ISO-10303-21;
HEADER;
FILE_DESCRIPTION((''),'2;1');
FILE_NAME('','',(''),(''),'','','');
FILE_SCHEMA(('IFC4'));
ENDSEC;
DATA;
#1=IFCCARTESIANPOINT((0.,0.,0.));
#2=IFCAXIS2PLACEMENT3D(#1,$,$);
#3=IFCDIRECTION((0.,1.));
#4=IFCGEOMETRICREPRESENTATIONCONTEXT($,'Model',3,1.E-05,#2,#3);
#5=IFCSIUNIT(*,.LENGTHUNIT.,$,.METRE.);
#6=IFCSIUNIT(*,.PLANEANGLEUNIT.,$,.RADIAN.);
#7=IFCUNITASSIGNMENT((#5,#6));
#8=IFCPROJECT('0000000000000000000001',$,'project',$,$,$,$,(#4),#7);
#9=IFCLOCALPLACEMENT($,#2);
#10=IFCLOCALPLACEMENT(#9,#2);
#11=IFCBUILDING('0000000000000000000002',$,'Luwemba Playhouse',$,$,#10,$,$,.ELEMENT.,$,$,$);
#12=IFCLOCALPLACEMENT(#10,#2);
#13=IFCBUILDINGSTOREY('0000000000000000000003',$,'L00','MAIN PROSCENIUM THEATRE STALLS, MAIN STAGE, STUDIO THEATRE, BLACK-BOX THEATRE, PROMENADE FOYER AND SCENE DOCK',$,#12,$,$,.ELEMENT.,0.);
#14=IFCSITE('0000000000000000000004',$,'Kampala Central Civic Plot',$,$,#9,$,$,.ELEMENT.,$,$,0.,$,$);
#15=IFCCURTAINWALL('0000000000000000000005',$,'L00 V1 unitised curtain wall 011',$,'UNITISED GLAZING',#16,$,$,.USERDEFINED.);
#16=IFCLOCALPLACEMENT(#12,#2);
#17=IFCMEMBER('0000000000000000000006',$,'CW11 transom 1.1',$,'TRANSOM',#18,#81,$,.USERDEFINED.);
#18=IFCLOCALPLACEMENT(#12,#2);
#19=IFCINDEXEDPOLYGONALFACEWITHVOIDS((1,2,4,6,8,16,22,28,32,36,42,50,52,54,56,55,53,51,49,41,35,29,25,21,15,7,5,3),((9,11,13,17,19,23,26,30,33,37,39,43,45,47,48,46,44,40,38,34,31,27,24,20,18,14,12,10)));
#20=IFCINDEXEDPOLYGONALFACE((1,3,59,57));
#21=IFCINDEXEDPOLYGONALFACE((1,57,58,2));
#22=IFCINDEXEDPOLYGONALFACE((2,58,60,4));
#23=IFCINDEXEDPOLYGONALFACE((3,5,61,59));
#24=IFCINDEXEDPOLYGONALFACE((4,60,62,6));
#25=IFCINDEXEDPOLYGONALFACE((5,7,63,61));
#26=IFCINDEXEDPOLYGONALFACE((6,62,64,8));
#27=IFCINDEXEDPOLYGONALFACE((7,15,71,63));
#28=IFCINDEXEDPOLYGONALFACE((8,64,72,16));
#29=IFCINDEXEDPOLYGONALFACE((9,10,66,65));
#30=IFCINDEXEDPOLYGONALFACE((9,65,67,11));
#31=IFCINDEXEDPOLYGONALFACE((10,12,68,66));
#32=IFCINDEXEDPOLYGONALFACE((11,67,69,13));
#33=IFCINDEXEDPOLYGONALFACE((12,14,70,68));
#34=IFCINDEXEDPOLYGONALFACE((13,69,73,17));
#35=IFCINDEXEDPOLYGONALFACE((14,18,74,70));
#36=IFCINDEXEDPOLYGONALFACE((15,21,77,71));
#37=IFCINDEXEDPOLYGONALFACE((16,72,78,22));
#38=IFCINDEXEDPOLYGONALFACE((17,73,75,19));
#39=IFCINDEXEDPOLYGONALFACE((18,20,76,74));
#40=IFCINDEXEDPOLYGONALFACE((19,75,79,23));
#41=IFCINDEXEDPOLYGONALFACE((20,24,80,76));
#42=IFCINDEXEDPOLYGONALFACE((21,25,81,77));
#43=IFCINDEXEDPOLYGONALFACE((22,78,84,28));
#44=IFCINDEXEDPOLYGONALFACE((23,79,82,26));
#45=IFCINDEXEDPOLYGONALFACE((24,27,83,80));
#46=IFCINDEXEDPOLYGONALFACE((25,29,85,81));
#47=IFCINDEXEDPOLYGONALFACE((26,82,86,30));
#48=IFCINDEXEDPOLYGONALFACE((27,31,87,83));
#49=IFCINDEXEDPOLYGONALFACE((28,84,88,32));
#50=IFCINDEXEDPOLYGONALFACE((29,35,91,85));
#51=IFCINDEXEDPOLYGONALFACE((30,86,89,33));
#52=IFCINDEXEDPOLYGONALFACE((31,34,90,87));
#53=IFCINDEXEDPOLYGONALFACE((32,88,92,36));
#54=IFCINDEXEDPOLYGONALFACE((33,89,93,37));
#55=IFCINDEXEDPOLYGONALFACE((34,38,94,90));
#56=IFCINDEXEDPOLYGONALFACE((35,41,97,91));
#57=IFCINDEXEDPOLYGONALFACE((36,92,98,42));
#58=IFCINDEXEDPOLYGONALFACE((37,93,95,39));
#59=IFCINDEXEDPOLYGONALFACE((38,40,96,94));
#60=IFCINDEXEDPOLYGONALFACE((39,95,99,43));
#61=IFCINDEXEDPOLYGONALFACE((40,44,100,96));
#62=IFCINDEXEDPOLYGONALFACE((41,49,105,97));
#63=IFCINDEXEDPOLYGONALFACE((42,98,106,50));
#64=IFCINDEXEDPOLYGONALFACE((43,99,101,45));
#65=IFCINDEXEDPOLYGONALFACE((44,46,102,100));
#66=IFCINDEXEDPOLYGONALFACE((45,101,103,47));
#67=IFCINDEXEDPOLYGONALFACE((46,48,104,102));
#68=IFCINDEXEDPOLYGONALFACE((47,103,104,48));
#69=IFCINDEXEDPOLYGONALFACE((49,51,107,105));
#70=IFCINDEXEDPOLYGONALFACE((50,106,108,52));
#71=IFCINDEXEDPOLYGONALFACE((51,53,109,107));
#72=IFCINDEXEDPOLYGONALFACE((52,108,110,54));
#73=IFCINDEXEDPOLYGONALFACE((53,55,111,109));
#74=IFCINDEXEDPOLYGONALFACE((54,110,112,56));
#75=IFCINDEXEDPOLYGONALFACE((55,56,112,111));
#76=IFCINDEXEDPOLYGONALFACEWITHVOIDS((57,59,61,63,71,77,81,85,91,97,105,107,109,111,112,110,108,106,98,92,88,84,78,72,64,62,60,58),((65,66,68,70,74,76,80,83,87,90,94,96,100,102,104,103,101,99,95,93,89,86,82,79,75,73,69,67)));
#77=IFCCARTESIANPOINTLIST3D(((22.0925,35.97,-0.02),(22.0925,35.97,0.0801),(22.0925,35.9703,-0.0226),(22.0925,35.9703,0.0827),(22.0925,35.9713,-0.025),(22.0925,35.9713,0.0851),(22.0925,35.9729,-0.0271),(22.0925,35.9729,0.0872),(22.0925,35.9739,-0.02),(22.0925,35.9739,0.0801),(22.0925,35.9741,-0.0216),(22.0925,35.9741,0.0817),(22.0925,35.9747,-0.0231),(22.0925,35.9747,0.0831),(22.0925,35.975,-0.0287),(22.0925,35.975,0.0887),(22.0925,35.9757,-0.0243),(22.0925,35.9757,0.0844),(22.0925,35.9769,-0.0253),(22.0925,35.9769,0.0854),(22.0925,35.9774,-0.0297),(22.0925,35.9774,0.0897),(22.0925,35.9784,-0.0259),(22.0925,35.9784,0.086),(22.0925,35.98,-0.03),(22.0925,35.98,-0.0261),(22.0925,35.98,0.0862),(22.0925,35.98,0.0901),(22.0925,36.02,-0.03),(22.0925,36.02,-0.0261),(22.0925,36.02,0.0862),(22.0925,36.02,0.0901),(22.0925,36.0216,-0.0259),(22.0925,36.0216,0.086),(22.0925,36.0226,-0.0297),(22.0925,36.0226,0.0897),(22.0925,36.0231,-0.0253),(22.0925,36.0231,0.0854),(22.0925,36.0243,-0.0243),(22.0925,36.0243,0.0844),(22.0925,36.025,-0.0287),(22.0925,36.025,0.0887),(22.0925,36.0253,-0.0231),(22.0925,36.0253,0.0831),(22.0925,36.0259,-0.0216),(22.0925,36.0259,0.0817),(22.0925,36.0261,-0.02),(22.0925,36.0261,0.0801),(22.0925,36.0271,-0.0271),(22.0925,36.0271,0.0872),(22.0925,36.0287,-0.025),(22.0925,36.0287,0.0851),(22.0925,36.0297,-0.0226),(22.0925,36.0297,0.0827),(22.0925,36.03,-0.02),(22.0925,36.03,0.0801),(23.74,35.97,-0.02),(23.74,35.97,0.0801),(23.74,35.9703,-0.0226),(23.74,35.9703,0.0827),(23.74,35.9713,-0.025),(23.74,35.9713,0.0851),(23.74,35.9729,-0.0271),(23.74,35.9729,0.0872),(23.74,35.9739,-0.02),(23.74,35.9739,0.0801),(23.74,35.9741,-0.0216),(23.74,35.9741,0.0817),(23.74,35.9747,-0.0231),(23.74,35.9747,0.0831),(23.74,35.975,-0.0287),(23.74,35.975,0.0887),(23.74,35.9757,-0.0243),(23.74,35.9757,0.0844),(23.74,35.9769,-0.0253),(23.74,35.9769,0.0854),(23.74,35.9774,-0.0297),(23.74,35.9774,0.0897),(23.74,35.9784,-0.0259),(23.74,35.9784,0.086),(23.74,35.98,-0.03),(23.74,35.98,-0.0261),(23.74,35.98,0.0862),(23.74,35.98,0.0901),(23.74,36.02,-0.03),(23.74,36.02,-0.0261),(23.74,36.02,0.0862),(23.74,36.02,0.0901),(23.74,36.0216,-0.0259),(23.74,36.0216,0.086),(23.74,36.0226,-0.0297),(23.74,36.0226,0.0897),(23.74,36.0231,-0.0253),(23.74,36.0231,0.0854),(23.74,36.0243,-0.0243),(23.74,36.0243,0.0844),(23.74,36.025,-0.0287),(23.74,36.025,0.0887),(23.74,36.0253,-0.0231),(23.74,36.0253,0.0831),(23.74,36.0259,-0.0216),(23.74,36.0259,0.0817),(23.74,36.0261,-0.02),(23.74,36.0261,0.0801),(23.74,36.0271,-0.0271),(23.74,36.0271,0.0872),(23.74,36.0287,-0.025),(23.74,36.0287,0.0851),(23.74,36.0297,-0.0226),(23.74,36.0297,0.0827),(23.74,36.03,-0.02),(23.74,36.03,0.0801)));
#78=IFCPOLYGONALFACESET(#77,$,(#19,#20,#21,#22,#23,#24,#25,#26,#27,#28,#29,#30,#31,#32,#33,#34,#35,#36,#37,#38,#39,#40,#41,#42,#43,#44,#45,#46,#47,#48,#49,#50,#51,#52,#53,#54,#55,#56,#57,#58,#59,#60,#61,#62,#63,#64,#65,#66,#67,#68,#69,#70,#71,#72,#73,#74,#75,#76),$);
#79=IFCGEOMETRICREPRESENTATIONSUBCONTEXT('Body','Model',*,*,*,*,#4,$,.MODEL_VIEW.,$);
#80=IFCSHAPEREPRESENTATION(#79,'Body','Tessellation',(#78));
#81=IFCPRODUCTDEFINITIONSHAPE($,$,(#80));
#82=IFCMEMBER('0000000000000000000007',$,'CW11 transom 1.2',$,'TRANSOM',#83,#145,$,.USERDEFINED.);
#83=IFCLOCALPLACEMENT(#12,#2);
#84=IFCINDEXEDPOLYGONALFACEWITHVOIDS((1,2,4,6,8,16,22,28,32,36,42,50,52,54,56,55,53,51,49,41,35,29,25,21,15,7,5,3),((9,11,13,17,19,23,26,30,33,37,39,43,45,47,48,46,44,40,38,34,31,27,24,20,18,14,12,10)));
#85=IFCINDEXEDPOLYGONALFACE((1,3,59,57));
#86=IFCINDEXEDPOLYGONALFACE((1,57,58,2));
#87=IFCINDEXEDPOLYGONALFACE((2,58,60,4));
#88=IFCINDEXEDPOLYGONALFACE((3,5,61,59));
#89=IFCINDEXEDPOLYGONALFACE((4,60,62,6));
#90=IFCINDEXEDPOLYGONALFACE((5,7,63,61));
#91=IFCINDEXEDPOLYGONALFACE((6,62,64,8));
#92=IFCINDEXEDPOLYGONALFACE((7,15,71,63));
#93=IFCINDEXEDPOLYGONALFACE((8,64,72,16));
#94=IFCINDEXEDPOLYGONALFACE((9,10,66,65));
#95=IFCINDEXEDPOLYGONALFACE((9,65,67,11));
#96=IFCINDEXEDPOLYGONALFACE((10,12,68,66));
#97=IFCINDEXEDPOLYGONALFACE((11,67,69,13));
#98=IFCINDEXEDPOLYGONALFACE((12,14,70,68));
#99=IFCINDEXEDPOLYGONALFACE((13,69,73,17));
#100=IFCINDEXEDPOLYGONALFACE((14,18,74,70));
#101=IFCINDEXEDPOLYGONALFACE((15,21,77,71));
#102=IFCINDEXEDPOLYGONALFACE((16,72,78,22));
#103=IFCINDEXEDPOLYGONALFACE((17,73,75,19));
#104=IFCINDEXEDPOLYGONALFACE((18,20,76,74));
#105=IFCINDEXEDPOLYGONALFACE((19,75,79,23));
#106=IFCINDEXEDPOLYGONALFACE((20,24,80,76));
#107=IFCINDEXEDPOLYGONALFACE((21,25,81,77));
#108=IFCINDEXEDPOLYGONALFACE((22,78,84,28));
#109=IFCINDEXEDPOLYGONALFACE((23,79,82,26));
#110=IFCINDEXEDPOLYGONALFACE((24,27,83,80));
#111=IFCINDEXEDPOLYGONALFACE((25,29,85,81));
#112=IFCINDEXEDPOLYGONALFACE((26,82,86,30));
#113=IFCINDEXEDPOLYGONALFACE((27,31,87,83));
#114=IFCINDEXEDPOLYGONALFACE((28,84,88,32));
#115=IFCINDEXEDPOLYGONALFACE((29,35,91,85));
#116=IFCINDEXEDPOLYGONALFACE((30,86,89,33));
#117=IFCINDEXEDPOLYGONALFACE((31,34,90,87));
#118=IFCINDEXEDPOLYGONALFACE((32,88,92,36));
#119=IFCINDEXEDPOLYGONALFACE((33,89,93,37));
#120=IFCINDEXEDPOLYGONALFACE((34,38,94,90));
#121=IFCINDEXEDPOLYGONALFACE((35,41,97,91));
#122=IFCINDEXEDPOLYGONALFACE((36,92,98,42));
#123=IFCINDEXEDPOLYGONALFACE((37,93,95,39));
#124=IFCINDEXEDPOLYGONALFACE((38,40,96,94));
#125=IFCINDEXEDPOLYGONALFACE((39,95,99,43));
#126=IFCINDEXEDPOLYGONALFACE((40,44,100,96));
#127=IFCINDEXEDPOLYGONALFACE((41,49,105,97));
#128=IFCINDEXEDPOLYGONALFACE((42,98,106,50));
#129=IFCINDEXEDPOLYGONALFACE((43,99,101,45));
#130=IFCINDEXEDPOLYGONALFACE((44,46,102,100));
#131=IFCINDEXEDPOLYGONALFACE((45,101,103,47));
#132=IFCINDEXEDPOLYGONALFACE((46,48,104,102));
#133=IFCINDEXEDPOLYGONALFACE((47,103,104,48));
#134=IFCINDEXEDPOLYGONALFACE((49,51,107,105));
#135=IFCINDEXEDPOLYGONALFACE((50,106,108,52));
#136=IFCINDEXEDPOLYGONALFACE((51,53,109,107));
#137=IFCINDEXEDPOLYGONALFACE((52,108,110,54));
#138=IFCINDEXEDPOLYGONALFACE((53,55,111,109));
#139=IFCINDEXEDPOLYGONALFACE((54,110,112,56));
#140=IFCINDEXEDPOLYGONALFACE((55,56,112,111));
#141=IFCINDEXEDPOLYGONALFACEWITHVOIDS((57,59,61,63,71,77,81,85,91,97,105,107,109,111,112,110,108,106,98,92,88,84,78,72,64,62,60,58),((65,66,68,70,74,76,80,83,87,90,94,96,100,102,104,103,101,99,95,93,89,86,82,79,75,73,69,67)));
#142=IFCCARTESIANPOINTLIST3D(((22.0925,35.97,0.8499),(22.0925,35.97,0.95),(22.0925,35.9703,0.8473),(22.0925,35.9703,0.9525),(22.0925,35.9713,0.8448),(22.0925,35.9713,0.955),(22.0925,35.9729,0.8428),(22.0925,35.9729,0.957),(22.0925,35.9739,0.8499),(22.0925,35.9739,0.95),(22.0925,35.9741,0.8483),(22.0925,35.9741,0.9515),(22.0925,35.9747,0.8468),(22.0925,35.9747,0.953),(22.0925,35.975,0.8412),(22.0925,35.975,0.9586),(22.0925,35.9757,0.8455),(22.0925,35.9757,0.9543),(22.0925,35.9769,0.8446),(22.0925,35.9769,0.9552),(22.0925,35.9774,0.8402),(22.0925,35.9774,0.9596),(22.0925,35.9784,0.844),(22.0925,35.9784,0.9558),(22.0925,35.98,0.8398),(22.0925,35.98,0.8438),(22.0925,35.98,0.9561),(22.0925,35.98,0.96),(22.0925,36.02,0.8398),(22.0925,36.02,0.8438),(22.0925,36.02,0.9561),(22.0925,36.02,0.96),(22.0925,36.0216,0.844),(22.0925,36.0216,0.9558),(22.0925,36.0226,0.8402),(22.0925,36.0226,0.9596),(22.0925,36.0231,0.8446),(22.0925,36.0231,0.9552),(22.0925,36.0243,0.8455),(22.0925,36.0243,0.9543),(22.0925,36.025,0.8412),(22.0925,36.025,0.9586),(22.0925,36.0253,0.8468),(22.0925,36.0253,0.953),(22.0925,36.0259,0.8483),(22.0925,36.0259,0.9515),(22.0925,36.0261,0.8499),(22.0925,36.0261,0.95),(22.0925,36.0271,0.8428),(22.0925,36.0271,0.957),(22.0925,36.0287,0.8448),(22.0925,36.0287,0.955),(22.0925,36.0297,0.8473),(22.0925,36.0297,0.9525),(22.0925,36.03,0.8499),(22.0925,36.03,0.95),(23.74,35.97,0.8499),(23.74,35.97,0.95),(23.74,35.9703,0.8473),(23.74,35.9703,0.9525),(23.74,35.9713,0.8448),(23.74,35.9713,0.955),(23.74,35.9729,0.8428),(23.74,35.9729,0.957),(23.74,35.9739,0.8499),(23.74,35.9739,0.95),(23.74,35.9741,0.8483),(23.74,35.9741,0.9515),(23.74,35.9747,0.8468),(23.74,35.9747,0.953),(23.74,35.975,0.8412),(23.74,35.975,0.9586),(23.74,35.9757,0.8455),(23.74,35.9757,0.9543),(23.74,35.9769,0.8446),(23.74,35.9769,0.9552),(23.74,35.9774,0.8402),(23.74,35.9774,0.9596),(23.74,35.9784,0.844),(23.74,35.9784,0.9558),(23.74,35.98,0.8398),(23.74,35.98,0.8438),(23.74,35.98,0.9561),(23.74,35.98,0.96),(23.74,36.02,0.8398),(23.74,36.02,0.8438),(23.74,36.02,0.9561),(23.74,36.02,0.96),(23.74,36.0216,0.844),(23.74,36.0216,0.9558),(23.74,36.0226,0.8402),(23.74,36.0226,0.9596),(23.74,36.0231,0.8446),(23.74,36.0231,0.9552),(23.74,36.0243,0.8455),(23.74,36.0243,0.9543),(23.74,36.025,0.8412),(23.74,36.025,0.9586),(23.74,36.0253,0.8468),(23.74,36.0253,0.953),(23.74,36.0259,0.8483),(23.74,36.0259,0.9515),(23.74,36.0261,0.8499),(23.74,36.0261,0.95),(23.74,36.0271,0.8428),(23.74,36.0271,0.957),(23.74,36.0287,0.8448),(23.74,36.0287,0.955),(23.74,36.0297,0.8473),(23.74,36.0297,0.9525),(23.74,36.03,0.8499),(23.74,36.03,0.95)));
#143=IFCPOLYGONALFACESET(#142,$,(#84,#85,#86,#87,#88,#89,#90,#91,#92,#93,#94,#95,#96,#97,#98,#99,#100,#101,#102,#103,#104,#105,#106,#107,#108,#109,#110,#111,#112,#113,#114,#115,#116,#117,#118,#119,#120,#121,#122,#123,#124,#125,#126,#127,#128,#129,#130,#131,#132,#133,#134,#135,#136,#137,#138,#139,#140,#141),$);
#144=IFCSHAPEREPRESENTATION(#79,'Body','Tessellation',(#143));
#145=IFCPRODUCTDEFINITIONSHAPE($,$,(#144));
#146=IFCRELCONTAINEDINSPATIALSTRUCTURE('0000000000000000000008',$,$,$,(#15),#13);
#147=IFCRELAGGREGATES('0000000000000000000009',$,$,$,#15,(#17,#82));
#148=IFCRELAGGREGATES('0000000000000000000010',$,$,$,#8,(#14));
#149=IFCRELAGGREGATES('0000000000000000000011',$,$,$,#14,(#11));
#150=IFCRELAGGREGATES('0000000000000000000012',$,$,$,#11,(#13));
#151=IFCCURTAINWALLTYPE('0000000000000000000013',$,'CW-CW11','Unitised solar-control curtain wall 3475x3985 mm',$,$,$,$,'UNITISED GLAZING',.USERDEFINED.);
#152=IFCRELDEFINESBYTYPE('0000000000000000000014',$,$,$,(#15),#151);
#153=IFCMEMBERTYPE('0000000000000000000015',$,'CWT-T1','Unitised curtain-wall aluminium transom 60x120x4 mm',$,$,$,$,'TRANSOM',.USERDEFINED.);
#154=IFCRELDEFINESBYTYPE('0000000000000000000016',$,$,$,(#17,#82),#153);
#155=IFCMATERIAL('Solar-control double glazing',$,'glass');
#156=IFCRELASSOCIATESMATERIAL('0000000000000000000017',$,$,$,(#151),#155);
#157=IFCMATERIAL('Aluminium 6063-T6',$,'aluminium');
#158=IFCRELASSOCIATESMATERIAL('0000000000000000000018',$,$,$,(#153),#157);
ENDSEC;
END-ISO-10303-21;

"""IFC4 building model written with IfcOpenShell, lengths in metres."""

from ifc_helpers import new_model, si_unit, direction, frame, origin, origin_2d, place, context, subcontext, project, spatial, hollow_rectangle, extrude, material, material_profile, profile_set, type_object, element, aggregate, save


model = new_model("IFC4")

# Units and contexts
model_context = context("Model", 3, precision=1e-05, world=origin(), true_north=direction((0.0, 1.0)))
body_context = subcontext(model_context, "Body", "Model", "MODEL_VIEW")
ifc_project = project(units=[si_unit("LENGTHUNIT", "METRE"), si_unit("PLANEANGLEUNIT", "RADIAN")], contexts=[model_context])

# Site, building, storey
site_placement = place(None, origin())
site = spatial("IfcSite", under=ifc_project, at=site_placement, Name="Kampala Central Civic Plot", CompositionType="ELEMENT", RefElevation=0.0)
building_placement = place(site_placement, origin())
building = spatial("IfcBuilding", under=site, at=building_placement, Name="Luwemba Playhouse", CompositionType="ELEMENT")
storey_placement = place(building_placement, origin())
storey = spatial("IfcBuildingStorey", under=building, at=storey_placement, Name="L00", Description="MAIN PROSCENIUM THEATRE STALLS, MAIN STAGE, STUDIO THEATRE, BLACK-BOX THEATRE, PROMENADE FOYER AND SCENE DOCK", CompositionType="ELEMENT", Elevation=0.0)

# Curtain wall, members
ifc_material_1 = material(Name="Solar-control double glazing", Category="glass")
curtain_wall_type = type_object("IfcCurtainWallType", Name="CW-CW11", Description="Unitised solar-control curtain wall 3475x3985 mm", ElementType="UNITISED GLAZING", PredefinedType="USERDEFINED", material=ifc_material_1)
curtain_wall_placement = place(storey_placement, origin())
curtain_wall = element("IfcCurtainWall", 1, at=curtain_wall_placement, inside=storey, type_object=curtain_wall_type, Name="L00 V1 unitised curtain wall 011", ObjectType="UNITISED GLAZING", PredefinedType="USERDEFINED")
ifc_material_2 = material(Name="Aluminium 6063-T6", Category="aluminium")
ifc_material_profile_1 = material_profile(ifc_material_2, hollow_rectangle(XDim=0.0601, YDim=0.1201, WallThickness=0.0039, InnerFilletRadius=0.0061, OuterFilletRadius=0.01, at=origin_2d()))
ifc_profile_set_1 = profile_set([ifc_material_profile_1], Name="Aluminium 6063-T6")
member_type_1 = type_object("IfcMemberType", Name="CWT-T1", Description="Unitised curtain-wall aluminium transom 60x120x4 mm", ElementType="TRANSOM", PredefinedType="USERDEFINED", material=ifc_profile_set_1)
member_1_placement = place(storey_placement, frame((23.74, 36.0, 0.03), z_axis=(-1.0, 0.0, 0.0), x_axis=(0.0, -1.0, 0.0)))
member_1 = element("IfcMember", 2, at=member_1_placement, type_object=member_type_1, Name="CW11 transom 1.1", ObjectType="TRANSOM", PredefinedType="USERDEFINED", context=body_context, shape_type="SweptSolid", body=[
    extrude(hollow_rectangle(XDim=0.0601, YDim=0.1201, WallThickness=0.0039, InnerFilletRadius=0.0061, OuterFilletRadius=0.01, at=origin_2d()), origin(), (0.0, 0.0, 1.0), 1.6475),
])
member_2_placement = place(storey_placement, frame((23.74, 36.0, 0.8999), z_axis=(-1.0, 0.0, 0.0), x_axis=(0.0, -1.0, 0.0)))
member_2 = element("IfcMember", 3, at=member_2_placement, type_object=member_type_1, Name="CW11 transom 1.2", ObjectType="TRANSOM", PredefinedType="USERDEFINED", context=body_context, shape_type="SweptSolid", body=[
    extrude(hollow_rectangle(XDim=0.0601, YDim=0.1201, WallThickness=0.0039, InnerFilletRadius=0.0061, OuterFilletRadius=0.01, at=origin_2d()), origin(), (0.0, 0.0, 1.0), 1.6475),
])
aggregate(curtain_wall, [member_1, member_2])

save(model, "model.ifc")
